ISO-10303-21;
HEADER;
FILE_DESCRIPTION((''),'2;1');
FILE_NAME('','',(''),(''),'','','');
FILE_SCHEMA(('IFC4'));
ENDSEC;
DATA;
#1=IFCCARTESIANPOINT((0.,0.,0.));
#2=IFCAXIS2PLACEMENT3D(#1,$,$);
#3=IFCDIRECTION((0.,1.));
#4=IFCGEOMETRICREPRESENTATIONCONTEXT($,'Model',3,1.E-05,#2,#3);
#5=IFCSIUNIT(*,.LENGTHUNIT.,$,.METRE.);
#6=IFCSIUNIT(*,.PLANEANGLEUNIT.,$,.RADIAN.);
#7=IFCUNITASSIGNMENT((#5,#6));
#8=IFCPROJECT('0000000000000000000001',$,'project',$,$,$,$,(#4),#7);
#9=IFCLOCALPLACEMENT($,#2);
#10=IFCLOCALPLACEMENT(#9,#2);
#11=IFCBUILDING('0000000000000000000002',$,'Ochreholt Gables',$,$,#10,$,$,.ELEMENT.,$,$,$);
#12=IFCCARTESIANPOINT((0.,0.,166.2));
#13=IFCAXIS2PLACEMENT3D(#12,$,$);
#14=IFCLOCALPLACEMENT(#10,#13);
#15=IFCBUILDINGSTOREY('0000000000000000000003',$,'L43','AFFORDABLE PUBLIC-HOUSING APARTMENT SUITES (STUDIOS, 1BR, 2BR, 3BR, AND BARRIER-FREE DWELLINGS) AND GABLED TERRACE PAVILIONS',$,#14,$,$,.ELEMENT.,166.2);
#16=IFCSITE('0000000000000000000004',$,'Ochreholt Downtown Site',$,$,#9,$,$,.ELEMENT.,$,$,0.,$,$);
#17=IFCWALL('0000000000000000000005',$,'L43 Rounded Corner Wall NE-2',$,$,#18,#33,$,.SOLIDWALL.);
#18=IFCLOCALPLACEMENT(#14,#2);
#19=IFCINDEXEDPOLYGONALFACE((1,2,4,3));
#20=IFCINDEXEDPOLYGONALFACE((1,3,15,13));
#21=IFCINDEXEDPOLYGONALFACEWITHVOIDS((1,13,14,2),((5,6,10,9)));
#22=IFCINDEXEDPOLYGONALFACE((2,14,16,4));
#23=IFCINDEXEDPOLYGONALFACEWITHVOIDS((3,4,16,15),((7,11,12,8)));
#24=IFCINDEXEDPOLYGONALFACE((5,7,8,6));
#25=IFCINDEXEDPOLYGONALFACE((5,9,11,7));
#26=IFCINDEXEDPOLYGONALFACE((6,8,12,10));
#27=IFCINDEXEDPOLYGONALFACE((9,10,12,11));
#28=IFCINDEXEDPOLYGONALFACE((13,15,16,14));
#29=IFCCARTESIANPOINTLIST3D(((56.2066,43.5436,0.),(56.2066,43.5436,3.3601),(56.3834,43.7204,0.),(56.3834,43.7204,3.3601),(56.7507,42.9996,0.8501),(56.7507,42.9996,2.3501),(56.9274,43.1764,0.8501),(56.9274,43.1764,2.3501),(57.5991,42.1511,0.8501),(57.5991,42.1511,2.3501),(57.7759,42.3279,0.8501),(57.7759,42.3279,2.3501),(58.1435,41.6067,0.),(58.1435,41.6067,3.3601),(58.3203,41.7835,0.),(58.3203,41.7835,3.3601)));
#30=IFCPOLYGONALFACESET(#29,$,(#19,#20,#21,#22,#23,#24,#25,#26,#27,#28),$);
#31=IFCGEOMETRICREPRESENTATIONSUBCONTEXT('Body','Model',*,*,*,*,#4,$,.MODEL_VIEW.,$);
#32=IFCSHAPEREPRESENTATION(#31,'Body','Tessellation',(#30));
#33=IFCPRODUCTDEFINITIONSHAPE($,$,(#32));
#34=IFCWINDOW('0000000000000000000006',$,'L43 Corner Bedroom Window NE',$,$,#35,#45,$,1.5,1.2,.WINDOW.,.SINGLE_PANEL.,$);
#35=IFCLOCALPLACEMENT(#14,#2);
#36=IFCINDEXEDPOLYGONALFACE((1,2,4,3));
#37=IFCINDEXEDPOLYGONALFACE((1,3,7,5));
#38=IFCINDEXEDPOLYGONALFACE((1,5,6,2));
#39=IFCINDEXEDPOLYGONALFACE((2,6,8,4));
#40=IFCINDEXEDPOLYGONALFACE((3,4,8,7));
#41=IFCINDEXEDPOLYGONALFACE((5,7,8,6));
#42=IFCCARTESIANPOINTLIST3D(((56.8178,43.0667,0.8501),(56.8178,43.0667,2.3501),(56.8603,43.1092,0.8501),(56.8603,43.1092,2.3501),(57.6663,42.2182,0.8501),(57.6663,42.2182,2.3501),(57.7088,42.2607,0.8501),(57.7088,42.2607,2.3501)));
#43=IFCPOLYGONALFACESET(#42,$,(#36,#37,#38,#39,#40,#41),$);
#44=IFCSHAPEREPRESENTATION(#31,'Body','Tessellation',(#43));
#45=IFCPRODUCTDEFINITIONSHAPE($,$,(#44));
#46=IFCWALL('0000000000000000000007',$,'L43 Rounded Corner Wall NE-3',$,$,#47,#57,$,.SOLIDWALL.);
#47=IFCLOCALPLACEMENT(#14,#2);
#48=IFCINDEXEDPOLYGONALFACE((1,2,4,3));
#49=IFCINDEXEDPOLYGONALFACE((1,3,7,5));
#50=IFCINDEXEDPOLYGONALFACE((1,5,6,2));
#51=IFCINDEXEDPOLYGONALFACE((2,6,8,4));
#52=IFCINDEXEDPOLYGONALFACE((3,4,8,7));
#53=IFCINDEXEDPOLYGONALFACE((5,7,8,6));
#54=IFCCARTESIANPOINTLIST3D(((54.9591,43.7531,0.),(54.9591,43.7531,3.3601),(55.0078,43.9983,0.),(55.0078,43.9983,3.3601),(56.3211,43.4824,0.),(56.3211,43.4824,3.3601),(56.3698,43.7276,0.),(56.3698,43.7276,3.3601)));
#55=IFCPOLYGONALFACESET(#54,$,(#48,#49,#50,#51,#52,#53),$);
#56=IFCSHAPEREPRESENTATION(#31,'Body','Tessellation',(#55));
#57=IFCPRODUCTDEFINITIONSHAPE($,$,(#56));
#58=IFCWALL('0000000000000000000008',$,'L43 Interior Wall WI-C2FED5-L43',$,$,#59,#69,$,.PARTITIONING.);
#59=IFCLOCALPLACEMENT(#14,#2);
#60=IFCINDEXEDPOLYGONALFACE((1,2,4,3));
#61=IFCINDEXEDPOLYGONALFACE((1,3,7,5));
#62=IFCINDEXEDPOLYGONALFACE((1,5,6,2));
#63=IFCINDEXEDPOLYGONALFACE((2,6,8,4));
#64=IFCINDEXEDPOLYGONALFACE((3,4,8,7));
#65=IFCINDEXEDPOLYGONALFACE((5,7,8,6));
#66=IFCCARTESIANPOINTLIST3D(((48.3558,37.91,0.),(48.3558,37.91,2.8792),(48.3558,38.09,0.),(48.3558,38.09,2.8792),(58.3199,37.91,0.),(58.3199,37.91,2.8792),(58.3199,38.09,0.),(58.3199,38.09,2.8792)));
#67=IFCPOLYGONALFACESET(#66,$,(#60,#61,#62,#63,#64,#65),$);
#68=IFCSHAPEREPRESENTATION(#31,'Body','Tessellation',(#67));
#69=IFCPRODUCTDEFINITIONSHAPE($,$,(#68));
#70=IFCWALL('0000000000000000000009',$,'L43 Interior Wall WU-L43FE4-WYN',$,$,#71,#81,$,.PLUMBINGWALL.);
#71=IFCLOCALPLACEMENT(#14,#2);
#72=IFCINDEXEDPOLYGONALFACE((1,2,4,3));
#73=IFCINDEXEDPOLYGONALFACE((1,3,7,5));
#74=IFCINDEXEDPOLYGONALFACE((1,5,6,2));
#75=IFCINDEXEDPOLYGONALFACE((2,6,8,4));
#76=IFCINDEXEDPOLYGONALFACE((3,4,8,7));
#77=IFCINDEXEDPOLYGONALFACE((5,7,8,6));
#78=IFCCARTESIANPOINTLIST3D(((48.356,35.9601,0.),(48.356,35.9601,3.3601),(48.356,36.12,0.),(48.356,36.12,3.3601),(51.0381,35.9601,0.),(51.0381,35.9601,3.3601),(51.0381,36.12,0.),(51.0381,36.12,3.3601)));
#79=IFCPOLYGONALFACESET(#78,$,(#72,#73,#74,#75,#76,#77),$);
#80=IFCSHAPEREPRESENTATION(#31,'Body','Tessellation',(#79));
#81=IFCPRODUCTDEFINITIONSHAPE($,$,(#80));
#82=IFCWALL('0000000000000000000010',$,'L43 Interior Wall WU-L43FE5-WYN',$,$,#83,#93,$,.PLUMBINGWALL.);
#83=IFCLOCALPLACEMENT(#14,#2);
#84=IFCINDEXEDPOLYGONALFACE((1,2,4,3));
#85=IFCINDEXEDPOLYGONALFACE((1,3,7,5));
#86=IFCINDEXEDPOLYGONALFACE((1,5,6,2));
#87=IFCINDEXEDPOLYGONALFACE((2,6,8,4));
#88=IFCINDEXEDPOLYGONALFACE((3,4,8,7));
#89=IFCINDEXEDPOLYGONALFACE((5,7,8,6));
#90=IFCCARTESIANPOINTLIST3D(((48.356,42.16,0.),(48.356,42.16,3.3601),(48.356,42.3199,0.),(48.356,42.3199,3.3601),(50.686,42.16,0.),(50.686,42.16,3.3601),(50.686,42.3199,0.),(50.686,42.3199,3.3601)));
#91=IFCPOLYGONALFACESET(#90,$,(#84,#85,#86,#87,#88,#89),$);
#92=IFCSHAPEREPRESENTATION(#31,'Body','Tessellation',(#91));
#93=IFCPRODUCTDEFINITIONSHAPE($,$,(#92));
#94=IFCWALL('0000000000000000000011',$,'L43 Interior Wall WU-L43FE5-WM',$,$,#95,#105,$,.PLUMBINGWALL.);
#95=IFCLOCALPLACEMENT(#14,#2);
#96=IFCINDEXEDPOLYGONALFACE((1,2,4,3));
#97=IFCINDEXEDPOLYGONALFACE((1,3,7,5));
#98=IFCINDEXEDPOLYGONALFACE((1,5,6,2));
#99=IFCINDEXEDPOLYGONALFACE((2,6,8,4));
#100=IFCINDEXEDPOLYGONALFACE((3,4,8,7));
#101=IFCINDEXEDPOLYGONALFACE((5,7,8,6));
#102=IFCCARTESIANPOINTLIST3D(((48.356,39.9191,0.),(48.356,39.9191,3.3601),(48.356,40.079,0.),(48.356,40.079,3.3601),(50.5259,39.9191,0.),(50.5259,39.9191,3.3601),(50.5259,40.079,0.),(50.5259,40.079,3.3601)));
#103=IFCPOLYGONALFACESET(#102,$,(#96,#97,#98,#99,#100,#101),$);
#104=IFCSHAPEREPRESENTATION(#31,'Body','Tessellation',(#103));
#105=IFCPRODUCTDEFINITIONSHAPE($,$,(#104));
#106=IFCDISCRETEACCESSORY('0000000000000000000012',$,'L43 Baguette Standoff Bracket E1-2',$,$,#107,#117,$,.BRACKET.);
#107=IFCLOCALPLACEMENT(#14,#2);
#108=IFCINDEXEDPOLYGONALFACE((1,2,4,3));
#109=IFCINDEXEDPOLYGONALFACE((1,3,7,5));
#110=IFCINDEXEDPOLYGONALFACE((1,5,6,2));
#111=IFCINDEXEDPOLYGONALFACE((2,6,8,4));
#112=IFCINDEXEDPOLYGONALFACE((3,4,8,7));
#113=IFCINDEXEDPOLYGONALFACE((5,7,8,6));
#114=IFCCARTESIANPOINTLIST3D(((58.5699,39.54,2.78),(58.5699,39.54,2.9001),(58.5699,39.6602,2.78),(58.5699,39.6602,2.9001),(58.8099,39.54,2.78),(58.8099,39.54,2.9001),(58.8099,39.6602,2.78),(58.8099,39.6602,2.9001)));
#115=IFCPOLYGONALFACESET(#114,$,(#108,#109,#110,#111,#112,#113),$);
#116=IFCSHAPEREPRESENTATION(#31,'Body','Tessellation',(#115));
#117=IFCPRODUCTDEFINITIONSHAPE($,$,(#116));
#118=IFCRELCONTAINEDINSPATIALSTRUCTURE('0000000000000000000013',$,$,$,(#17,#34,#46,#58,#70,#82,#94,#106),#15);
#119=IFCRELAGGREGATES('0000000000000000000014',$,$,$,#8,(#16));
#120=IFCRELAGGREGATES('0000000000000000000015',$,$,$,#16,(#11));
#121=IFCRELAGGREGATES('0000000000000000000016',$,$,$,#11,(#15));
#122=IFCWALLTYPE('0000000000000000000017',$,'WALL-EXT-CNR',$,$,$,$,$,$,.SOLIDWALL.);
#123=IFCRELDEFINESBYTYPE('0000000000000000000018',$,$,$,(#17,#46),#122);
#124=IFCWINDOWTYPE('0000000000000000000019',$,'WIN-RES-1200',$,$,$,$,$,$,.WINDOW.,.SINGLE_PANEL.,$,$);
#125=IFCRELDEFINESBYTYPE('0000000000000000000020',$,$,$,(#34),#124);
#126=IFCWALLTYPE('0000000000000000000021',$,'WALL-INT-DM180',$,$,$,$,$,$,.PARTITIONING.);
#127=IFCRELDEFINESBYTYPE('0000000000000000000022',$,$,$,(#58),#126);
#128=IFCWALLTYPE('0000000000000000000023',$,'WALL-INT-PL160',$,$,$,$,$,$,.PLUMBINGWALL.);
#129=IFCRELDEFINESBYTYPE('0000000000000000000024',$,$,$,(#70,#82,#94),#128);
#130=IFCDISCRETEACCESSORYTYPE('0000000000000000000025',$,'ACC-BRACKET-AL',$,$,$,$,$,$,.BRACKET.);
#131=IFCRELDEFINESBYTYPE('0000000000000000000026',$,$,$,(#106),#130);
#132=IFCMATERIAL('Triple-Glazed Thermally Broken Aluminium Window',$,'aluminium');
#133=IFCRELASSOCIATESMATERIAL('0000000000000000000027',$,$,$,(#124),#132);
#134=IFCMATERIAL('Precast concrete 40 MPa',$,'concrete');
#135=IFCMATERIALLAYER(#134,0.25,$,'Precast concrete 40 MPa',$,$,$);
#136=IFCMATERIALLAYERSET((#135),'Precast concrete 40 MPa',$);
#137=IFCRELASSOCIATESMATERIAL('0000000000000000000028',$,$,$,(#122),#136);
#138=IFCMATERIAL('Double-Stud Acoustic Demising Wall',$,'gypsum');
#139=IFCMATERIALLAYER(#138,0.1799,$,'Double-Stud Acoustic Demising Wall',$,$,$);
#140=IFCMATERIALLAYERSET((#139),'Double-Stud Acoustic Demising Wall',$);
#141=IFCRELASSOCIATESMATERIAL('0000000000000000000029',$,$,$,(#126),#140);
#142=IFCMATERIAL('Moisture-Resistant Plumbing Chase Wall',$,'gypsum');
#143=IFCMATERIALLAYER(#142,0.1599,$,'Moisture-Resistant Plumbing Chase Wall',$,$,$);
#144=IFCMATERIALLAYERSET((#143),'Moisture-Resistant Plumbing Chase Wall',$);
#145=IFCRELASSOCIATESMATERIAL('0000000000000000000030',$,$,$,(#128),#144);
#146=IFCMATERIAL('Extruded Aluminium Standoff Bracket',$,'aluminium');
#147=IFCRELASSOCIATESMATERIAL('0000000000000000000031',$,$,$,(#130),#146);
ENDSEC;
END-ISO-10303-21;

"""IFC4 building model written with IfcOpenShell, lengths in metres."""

from ifc_helpers import new_model, si_unit, direction, frame, frame_2d, origin, origin_2d, place, context, subcontext, project, spatial, rectangle, extrude, material, layer, layer_set, type_object, element, fill, save


model = new_model("IFC4")

# Units and contexts
model_context = context("Model", 3, precision=1e-05, world=origin(), true_north=direction((0.0, 1.0)))
body_context = subcontext(model_context, "Body", "Model", "MODEL_VIEW")
ifc_project = project(units=[si_unit("LENGTHUNIT", "METRE"), si_unit("PLANEANGLEUNIT", "RADIAN")], contexts=[model_context])

# Site, building, storey
site_placement = place(None, origin())
site = spatial("IfcSite", under=ifc_project, at=site_placement, Name="Ochreholt Downtown Site", CompositionType="ELEMENT", RefElevation=0.0)
building_placement = place(site_placement, origin())
building = spatial("IfcBuilding", under=site, at=building_placement, Name="Ochreholt Gables", CompositionType="ELEMENT")
storey_placement = place(building_placement, frame((0.0, 0.0, 166.2)))
storey = spatial("IfcBuildingStorey", under=building, at=storey_placement, Name="L43", Description="AFFORDABLE PUBLIC-HOUSING APARTMENT SUITES (STUDIOS, 1BR, 2BR, 3BR, AND BARRIER-FREE DWELLINGS) AND GABLED TERRACE PAVILIONS", CompositionType="ELEMENT", Elevation=166.2)

# Shared definitions
ifc_material_1 = material(Name="Precast concrete 40 MPa", Category="concrete")
ifc_material_2 = material(Name="Triple-Glazed Thermally Broken Aluminium Window", Category="aluminium")
window_type_1 = type_object("IfcWindowType", Name="WIN-RES-1200", PartitioningType="SINGLE_PANEL", PredefinedType="WINDOW", material=ifc_material_2)

# Shared definitions
ifc_layer_1 = layer(ifc_material_1, 0.25, Name="Precast concrete 40 MPa")
ifc_layer_set_1 = layer_set([ifc_layer_1], Name="Precast concrete 40 MPa")
wall_type_1 = type_object("IfcWallType", Name="WALL-EXT-CNR", PredefinedType="SOLIDWALL", material=ifc_layer_set_1)

# Wall, opening, window
wall_1_placement = place(storey_placement, frame((58.2319, 41.6951, 0.0), z_axis=(0.0, 0.0, 1.0), x_axis=(-0.707107, 0.707107, 0.0)))
wall_1 = element("IfcWall", 1, at=wall_1_placement, inside=storey, type_object=wall_type_1, Name="L43 Rounded Corner Wall NE-2", PredefinedType="SOLIDWALL", context=body_context, shape_type="SweptSolid", body=[
    extrude(rectangle(XDim=2.7393, YDim=0.25, at=frame_2d((1.3696, 0.0))), origin(), (0.0, 0.0, 1.0), 3.3601),
])
opening_1_placement = place(wall_1_placement, frame((0.7698, 0.0, 0.8501)))
opening_1 = element("IfcOpeningElement", 2, at=opening_1_placement, cuts=wall_1, PredefinedType="OPENING", context=body_context, shape_type="SweptSolid", body=[
    extrude(rectangle(XDim=1.2, YDim=1.5, at=frame_2d((0.6001, 0.75))), frame((0.0, 0.135, 0.0), z_axis=(0.0, -1.0, 0.0), x_axis=(1.0, 0.0, 0.0)), (0.0, 0.0, 1.0), 0.27),
])
window_1_placement = place(opening_1_placement, origin())
window_1 = element("IfcWindow", 3, at=window_1_placement, inside=storey, type_object=window_type_1, Name="L43 Corner Bedroom Window NE", OverallHeight=1.5, OverallWidth=1.2, PartitioningType="SINGLE_PANEL", PredefinedType="WINDOW", context=body_context, shape_type="SweptSolid", body=[
    extrude(rectangle(XDim=1.2, YDim=1.5, at=frame_2d((0.6001, 0.75))), frame((0.0, 0.03, 0.0), z_axis=(0.0, -1.0, 0.0), x_axis=(1.0, 0.0, 0.0)), (0.0, 0.0, 1.0), 0.0601),
])
fill(opening_1, window_1)

# Walls
wall_2_placement = place(storey_placement, frame((56.3455, 43.605, 0.0), z_axis=(0.0, 0.0, 1.0), x_axis=(-0.98081, 0.194967, 0.0)))
element("IfcWall", 4, at=wall_2_placement, inside=storey, type_object=wall_type_1, Name="L43 Rounded Corner Wall NE-3", PredefinedType="SOLIDWALL", context=body_context, shape_type="SweptSolid", body=[
    extrude(rectangle(XDim=1.3887, YDim=0.25, at=frame_2d((0.6943, 0.0))), origin(), (0.0, 0.0, 1.0), 3.3601),
])
ifc_material_3 = material(Name="Double-Stud Acoustic Demising Wall", Category="gypsum")
ifc_layer_2 = layer(ifc_material_3, 0.1799, Name="Double-Stud Acoustic Demising Wall")
ifc_layer_set_2 = layer_set([ifc_layer_2], Name="Double-Stud Acoustic Demising Wall")
wall_type_2 = type_object("IfcWallType", Name="WALL-INT-DM180", PredefinedType="PARTITIONING", material=ifc_layer_set_2)
wall_3_placement = place(storey_placement, frame((48.356, 38.0, 0.0), z_axis=(0.0, 0.0, 1.0), x_axis=(1.0, 0.0, 0.0)))
element("IfcWall", 5, at=wall_3_placement, inside=storey, type_object=wall_type_2, Name="L43 Interior Wall WI-C2FED5-L43", PredefinedType="PARTITIONING", context=body_context, shape_type="SweptSolid", body=[
    extrude(rectangle(XDim=9.9641, YDim=0.1799, at=frame_2d((4.9819, 0.0))), origin(), (0.0, 0.0, 1.0), 2.8792),
])
ifc_material_4 = material(Name="Moisture-Resistant Plumbing Chase Wall", Category="gypsum")
ifc_layer_3 = layer(ifc_material_4, 0.1599, Name="Moisture-Resistant Plumbing Chase Wall")
ifc_layer_set_3 = layer_set([ifc_layer_3], Name="Moisture-Resistant Plumbing Chase Wall")
wall_type_3 = type_object("IfcWallType", Name="WALL-INT-PL160", PredefinedType="PLUMBINGWALL", material=ifc_layer_set_3)
wall_4_placement = place(storey_placement, frame((48.356, 36.04, 0.0), z_axis=(0.0, 0.0, 1.0), x_axis=(1.0, 0.0, 0.0)))
element("IfcWall", 6, at=wall_4_placement, inside=storey, type_object=wall_type_3, Name="L43 Interior Wall WU-L43FE4-WYN", PredefinedType="PLUMBINGWALL", context=body_context, shape_type="SweptSolid", body=[
    extrude(rectangle(XDim=2.6821, YDim=0.1599, at=frame_2d((1.3411, 0.0))), origin(), (0.0, 0.0, 1.0), 3.3601),
])
wall_5_placement = place(storey_placement, frame((48.356, 42.24, 0.0), z_axis=(0.0, 0.0, 1.0), x_axis=(1.0, 0.0, 0.0)))
element("IfcWall", 7, at=wall_5_placement, inside=storey, type_object=wall_type_3, Name="L43 Interior Wall WU-L43FE5-WYN", PredefinedType="PLUMBINGWALL", context=body_context, shape_type="SweptSolid", body=[
    extrude(rectangle(XDim=2.3301, YDim=0.1599, at=frame_2d((1.165, 0.0))), origin(), (0.0, 0.0, 1.0), 3.3601),
])

# Wall
wall_6_placement = place(storey_placement, frame((48.356, 39.999, 0.0), z_axis=(0.0, 0.0, 1.0), x_axis=(1.0, 0.0, 0.0)))
element("IfcWall", 8, at=wall_6_placement, inside=storey, type_object=wall_type_3, Name="L43 Interior Wall WU-L43FE5-WM", PredefinedType="PLUMBINGWALL", context=body_context, shape_type="SweptSolid", body=[
    extrude(rectangle(XDim=2.1699, YDim=0.1599, at=frame_2d((1.085, 0.0))), origin(), (0.0, 0.0, 1.0), 3.3601),
])

# Discrete accessory
ifc_material_5 = material(Name="Extruded Aluminium Standoff Bracket", Category="aluminium")
discrete_accessory_type = type_object("IfcDiscreteAccessoryType", Name="ACC-BRACKET-AL", PredefinedType="BRACKET", material=ifc_material_5)
discrete_accessory_placement = place(storey_placement, frame((58.6899, 39.6001, 2.78), z_axis=(0.0, 0.0, 1.0), x_axis=(0.0, 1.0, 0.0)))
element("IfcDiscreteAccessory", 9, at=discrete_accessory_placement, inside=storey, type_object=discrete_accessory_type, Name="L43 Baguette Standoff Bracket E1-2", PredefinedType="BRACKET", context=body_context, shape_type="SweptSolid", body=[
    extrude(rectangle(XDim=0.1201, YDim=0.24, at=origin_2d()), origin(), (0.0, 0.0, 1.0), 0.1201),
])

save(model, "model.ifc")
